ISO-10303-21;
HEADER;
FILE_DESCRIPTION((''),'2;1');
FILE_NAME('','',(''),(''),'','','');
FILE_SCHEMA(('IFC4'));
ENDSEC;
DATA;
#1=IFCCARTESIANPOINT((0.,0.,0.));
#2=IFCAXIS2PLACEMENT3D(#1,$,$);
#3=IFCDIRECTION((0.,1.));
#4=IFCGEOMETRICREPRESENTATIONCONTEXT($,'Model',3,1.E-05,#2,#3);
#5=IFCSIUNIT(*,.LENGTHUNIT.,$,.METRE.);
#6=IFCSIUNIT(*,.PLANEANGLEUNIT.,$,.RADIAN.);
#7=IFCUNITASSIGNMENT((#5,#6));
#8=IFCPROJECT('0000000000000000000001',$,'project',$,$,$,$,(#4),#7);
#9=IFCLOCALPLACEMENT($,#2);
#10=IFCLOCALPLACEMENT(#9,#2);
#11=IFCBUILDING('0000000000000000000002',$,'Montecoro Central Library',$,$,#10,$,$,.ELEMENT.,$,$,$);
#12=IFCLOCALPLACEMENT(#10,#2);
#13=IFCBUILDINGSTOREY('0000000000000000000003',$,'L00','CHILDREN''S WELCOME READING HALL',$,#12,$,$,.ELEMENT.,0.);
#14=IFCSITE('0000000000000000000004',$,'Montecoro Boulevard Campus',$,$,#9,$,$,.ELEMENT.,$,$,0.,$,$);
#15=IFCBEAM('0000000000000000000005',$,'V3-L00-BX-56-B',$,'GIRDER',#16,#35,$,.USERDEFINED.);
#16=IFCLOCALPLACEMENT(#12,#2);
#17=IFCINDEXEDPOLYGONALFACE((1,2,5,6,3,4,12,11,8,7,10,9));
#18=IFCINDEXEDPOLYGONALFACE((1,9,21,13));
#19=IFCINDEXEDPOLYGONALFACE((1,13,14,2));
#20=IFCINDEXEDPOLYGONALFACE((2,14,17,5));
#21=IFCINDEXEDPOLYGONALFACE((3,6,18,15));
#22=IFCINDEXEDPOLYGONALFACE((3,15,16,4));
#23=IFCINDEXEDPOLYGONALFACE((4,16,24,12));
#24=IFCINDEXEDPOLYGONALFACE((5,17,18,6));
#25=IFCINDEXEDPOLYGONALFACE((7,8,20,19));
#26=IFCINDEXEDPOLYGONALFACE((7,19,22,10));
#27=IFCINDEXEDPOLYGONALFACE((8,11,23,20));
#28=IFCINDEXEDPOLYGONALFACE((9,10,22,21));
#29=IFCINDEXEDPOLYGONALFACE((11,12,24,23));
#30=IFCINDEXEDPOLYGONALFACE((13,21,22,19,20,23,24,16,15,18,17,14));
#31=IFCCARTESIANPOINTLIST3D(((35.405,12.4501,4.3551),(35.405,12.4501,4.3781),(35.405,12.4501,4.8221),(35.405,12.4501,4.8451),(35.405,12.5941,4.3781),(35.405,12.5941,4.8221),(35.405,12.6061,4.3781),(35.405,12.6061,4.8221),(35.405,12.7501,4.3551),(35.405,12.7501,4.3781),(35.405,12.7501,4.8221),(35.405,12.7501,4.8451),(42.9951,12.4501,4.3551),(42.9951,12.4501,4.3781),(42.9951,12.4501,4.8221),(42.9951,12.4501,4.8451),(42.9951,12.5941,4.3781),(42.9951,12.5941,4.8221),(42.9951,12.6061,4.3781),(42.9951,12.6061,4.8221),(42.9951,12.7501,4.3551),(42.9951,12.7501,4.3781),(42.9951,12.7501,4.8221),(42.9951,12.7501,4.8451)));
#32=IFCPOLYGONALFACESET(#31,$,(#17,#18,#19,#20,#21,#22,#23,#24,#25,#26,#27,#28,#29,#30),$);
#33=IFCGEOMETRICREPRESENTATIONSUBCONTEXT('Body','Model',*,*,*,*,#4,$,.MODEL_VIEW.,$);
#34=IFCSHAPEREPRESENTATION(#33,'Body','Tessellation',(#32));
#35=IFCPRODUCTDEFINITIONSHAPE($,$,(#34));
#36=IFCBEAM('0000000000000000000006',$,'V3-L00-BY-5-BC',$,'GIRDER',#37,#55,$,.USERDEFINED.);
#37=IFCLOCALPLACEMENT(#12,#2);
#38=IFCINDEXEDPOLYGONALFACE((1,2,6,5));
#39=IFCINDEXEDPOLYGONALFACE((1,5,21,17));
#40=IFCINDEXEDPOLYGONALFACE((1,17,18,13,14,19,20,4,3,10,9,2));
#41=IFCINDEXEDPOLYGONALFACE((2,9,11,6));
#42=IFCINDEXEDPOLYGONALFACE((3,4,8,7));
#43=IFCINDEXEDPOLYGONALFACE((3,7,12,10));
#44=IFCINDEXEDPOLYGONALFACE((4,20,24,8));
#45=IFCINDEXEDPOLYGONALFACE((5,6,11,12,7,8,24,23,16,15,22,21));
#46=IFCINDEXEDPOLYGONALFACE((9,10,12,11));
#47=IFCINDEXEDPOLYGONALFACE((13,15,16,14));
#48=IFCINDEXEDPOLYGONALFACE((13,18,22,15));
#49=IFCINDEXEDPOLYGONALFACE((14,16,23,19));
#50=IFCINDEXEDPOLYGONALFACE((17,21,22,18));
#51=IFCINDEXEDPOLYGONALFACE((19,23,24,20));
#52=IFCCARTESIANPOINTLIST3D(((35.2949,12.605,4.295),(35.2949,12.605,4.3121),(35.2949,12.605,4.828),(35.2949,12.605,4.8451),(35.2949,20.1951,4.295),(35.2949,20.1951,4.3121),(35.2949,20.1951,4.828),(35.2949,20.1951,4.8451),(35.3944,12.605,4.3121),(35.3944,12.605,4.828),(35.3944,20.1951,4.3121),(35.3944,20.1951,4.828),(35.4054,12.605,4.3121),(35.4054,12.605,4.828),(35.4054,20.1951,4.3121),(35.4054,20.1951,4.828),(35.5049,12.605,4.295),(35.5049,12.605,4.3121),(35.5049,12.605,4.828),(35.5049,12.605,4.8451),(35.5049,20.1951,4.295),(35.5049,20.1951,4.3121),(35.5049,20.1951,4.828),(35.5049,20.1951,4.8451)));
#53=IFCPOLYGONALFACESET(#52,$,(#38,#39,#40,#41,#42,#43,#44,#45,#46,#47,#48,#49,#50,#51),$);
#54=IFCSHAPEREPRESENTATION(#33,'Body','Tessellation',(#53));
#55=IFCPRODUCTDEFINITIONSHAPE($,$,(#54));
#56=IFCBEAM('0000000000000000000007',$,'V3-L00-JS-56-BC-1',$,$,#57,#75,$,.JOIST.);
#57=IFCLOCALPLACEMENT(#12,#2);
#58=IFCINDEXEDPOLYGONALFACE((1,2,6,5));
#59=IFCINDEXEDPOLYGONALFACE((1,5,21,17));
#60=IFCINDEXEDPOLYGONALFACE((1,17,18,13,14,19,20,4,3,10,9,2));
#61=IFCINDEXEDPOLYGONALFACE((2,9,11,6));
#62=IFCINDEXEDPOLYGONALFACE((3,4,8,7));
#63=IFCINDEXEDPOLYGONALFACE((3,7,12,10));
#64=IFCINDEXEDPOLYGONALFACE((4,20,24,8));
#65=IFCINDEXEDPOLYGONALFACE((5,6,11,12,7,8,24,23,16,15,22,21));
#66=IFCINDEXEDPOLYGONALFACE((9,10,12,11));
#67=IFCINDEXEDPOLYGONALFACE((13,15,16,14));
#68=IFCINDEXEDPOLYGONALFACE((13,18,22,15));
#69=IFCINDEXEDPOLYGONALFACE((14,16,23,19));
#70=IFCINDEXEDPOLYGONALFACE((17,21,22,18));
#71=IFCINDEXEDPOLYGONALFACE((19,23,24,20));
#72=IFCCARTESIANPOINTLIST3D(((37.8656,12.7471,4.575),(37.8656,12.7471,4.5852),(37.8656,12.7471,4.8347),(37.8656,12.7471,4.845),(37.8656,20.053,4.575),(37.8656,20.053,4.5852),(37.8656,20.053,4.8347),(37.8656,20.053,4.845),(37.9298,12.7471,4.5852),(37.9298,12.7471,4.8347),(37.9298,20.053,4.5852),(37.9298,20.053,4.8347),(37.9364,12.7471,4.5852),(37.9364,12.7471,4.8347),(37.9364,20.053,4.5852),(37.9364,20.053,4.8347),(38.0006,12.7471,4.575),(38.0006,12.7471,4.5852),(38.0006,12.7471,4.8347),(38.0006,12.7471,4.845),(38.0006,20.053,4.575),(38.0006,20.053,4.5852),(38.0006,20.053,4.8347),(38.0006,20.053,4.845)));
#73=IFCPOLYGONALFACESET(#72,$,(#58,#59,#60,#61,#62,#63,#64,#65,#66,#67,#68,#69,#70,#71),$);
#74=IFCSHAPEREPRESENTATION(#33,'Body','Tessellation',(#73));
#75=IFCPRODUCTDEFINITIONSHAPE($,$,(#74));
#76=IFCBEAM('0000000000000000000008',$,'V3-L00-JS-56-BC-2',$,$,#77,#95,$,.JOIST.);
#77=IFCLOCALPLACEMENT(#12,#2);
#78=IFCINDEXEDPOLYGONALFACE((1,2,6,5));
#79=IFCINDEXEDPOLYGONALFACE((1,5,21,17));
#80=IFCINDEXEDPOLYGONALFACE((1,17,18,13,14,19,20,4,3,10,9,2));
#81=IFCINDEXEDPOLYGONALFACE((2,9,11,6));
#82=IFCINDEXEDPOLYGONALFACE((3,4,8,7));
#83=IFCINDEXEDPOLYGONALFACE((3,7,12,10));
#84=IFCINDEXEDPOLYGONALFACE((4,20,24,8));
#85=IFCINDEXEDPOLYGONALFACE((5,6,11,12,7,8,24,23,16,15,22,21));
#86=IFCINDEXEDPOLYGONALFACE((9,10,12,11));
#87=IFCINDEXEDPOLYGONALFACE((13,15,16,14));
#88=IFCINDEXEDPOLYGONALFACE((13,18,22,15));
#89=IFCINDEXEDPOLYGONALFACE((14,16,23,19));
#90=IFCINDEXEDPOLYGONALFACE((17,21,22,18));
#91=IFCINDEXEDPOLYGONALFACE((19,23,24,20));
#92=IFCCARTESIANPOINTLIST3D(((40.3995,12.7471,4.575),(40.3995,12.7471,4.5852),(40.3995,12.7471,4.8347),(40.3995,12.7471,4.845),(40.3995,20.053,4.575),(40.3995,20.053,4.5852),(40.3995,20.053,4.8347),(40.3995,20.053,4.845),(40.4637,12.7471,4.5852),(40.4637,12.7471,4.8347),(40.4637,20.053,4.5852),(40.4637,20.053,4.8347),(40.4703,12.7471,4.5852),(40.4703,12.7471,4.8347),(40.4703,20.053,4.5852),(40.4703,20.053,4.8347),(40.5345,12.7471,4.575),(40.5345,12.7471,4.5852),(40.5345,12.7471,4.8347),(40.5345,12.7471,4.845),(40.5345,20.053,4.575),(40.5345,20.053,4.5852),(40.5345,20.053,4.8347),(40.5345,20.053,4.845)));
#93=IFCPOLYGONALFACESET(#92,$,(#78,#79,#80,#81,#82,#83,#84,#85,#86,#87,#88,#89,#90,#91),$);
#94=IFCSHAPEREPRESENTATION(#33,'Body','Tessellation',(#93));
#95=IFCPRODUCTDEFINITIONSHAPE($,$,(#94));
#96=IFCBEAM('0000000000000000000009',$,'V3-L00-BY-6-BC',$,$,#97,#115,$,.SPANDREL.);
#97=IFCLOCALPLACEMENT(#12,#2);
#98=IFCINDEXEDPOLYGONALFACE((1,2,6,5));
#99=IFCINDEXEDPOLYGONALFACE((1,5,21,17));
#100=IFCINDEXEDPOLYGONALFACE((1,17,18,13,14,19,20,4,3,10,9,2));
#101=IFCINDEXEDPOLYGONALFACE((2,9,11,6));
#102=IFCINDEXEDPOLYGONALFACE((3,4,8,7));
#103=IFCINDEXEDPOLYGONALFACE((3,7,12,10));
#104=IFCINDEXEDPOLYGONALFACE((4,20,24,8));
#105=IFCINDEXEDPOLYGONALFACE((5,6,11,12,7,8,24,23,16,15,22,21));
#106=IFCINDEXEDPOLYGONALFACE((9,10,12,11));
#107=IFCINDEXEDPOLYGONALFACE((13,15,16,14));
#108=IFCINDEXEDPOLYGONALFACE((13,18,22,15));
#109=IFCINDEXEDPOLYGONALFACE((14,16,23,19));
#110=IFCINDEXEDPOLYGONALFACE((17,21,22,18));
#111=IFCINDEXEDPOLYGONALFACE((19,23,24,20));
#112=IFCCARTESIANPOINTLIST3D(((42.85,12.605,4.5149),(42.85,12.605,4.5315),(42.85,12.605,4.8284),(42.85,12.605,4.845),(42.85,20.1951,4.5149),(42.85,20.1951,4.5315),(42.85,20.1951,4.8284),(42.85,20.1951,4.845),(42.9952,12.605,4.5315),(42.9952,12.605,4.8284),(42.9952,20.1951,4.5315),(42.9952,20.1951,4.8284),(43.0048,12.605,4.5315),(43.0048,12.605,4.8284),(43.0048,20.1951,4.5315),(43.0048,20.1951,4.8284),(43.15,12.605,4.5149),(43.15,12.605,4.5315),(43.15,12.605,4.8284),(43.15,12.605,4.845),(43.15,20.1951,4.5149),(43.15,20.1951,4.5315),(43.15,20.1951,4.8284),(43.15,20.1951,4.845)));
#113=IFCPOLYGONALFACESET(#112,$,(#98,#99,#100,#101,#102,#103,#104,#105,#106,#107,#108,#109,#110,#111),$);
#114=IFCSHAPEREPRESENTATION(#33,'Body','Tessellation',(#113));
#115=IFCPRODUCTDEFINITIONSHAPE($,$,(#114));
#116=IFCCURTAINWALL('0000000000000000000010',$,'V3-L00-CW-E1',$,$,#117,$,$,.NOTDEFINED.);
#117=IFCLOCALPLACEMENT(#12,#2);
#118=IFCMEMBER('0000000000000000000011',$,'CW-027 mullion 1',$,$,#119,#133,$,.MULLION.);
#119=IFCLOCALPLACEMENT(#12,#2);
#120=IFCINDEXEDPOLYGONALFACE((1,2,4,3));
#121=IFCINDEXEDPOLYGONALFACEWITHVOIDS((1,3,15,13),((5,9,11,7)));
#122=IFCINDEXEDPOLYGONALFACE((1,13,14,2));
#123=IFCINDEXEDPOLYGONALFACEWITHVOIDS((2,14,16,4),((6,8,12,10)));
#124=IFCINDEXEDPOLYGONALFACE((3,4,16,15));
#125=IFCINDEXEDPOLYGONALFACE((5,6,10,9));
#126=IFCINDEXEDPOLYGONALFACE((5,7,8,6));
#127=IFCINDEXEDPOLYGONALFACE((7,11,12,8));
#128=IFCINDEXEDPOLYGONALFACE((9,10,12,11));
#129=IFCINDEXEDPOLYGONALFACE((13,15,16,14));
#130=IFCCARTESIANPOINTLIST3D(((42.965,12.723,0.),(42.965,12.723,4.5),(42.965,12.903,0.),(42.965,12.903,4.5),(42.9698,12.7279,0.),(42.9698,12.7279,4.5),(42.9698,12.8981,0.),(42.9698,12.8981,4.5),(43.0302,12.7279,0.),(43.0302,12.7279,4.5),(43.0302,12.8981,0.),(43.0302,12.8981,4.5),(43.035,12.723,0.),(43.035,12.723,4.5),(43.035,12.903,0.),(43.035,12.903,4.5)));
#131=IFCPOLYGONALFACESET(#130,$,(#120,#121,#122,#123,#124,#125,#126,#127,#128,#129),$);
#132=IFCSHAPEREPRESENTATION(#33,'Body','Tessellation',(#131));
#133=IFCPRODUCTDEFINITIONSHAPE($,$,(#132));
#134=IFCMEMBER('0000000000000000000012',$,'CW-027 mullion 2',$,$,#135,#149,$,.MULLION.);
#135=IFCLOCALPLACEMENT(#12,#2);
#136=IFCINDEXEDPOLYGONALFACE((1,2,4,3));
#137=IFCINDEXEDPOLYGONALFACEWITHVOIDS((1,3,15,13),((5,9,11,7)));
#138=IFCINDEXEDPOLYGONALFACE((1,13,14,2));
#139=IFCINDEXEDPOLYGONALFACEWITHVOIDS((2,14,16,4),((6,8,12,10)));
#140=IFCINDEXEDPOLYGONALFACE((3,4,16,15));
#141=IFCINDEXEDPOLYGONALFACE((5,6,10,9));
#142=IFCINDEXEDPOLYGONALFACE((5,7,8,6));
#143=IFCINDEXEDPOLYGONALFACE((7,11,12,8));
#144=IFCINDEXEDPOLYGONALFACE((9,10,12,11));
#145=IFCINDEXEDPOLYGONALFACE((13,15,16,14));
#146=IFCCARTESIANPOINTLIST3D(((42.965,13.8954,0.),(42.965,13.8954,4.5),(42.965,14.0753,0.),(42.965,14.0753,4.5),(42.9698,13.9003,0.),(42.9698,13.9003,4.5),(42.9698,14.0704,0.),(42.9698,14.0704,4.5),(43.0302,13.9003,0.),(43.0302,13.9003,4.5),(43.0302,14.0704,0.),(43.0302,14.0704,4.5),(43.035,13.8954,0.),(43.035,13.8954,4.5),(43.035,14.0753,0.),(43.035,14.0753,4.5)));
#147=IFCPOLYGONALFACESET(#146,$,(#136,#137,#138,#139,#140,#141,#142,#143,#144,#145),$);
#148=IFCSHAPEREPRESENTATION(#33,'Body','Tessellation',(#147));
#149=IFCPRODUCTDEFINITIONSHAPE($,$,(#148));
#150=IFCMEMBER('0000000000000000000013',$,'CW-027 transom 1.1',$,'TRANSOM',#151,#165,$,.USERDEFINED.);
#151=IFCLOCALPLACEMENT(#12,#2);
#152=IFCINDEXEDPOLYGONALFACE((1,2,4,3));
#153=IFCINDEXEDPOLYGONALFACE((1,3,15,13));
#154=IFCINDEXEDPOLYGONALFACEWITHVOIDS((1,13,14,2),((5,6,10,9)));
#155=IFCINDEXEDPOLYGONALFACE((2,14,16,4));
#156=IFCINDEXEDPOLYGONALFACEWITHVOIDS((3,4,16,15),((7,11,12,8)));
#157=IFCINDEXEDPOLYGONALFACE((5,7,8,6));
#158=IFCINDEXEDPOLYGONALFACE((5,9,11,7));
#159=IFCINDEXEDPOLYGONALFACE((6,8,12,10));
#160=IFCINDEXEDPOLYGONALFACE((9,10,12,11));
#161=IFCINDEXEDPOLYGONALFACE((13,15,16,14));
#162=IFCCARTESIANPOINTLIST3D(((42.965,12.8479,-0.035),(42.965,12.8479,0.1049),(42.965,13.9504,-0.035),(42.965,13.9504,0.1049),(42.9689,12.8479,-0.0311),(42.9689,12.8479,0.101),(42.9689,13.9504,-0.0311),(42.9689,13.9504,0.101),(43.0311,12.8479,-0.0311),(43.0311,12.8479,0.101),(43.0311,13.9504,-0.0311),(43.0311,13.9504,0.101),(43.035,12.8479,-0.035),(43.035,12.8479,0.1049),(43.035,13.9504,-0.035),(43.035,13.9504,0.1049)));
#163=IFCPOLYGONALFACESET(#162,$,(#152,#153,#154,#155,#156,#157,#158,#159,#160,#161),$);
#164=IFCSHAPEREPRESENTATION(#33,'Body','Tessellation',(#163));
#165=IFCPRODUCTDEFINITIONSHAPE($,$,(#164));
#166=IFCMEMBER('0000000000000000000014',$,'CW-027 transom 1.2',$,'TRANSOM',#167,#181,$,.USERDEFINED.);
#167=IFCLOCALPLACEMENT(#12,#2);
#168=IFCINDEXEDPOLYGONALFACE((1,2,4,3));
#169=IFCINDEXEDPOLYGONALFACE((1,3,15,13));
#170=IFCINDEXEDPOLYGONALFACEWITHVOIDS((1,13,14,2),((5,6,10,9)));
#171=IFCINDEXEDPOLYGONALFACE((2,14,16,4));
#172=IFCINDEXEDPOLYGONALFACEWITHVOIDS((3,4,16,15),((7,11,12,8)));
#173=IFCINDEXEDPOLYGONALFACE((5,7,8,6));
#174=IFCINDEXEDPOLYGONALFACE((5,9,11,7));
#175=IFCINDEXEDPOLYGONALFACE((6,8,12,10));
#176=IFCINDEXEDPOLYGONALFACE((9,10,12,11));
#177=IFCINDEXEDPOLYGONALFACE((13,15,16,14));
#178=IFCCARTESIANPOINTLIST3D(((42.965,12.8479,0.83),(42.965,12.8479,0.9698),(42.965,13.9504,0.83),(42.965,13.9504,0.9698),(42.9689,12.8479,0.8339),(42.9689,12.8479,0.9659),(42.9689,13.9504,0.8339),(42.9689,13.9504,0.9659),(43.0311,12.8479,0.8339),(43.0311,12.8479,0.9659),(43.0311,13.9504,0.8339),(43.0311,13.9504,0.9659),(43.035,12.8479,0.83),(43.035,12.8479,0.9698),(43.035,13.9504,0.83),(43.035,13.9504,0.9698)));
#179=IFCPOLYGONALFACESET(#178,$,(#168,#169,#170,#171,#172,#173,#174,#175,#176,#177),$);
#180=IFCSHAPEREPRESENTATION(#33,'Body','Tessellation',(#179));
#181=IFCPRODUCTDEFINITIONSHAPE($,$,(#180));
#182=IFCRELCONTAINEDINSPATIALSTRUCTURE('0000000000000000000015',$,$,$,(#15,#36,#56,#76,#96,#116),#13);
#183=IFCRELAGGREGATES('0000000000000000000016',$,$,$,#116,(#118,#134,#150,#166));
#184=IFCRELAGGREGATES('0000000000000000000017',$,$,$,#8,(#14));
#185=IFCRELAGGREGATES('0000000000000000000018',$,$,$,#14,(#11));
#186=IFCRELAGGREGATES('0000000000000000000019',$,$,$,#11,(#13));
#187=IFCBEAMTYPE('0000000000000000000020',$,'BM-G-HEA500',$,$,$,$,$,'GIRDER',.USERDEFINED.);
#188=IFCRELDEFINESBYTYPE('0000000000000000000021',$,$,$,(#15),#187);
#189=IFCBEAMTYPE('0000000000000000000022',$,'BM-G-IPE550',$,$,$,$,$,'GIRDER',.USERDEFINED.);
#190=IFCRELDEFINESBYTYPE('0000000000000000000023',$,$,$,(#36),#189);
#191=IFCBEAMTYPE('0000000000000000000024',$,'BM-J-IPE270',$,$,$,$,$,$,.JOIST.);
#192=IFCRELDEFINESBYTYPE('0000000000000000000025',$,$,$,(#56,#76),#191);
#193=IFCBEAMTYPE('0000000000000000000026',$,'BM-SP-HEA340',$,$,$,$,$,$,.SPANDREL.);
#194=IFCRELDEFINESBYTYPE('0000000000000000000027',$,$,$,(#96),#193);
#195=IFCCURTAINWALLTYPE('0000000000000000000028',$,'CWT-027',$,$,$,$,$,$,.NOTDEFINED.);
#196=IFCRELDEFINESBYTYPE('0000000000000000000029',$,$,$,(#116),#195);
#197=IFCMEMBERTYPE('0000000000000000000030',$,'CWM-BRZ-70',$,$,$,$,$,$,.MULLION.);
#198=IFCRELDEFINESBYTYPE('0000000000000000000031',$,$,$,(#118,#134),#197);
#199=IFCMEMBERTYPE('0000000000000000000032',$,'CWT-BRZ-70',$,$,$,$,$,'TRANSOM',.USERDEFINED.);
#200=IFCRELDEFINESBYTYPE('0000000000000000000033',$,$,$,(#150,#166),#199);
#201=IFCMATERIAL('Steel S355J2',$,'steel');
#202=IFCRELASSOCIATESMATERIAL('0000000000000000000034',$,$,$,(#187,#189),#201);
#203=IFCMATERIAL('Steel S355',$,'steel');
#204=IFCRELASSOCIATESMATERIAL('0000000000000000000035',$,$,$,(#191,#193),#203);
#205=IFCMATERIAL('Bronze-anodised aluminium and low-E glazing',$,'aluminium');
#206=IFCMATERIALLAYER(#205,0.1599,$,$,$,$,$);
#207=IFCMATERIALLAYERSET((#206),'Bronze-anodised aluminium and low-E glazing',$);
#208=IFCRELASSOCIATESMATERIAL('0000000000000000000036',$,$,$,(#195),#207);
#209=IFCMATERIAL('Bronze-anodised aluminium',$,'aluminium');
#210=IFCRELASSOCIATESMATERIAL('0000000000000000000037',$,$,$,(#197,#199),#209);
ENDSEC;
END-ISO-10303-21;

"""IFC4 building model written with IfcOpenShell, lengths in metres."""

from ifc_helpers import new_model, si_unit, direction, frame, origin, origin_2d, place, context, subcontext, project, spatial, hollow_rectangle, i_section, extrude, material, layer, layer_set, material_profile, profile_set, type_object, element, aggregate, save


model = new_model("IFC4")

# Units and contexts
model_context = context("Model", 3, precision=1e-05, world=origin(), true_north=direction((0.0, 1.0)))
body_context = subcontext(model_context, "Body", "Model", "MODEL_VIEW")
ifc_project = project(units=[si_unit("LENGTHUNIT", "METRE"), si_unit("PLANEANGLEUNIT", "RADIAN")], contexts=[model_context])

# Site, building, storey
site_placement = place(None, origin())
site = spatial("IfcSite", under=ifc_project, at=site_placement, Name="Montecoro Boulevard Campus", CompositionType="ELEMENT", RefElevation=0.0)
building_placement = place(site_placement, origin())
building = spatial("IfcBuilding", under=site, at=building_placement, Name="Montecoro Central Library", CompositionType="ELEMENT")
storey_placement = place(building_placement, origin())
storey = spatial("IfcBuildingStorey", under=building, at=storey_placement, Name="L00", Description="CHILDREN'S WELCOME READING HALL", CompositionType="ELEMENT", Elevation=0.0)

# Shared definitions
ifc_material_1 = material(Name="Steel S355", Category="steel")

# Beams
ifc_material_2 = material(Name="Steel S355J2", Category="steel")
ifc_material_profile_1 = material_profile(ifc_material_2, i_section(OverallWidth=0.3, OverallDepth=0.49, WebThickness=0.012, FlangeThickness=0.0229, at=origin_2d()), Name="HEA 500")
ifc_profile_set_1 = profile_set([ifc_material_profile_1], Name="Steel S355J2")
beam_type_1 = type_object("IfcBeamType", Name="BM-G-HEA500", ElementType="GIRDER", PredefinedType="USERDEFINED", material=ifc_profile_set_1)
beam_1_placement = place(storey_placement, frame((35.405, 12.6001, 4.6001), z_axis=(1.0, 0.0, 0.0), x_axis=(0.0, 1.0, 0.0)))
element("IfcBeam", 1, at=beam_1_placement, inside=storey, type_object=beam_type_1, Name="V3-L00-BX-56-B", ObjectType="GIRDER", PredefinedType="USERDEFINED", context=body_context, shape_type="SweptSolid", body=[
    extrude(i_section(OverallWidth=0.3, OverallDepth=0.49, WebThickness=0.012, FlangeThickness=0.0229, at=origin_2d()), origin(), (0.0, 0.0, 1.0), 7.5901),
])
ifc_material_profile_2 = material_profile(ifc_material_2, i_section(OverallWidth=0.21, OverallDepth=0.55, WebThickness=0.011, FlangeThickness=0.0171, at=origin_2d()), Name="IPE 550")
ifc_profile_set_2 = profile_set([ifc_material_profile_2], Name="Steel S355J2")
beam_type_2 = type_object("IfcBeamType", Name="BM-G-IPE550", ElementType="GIRDER", PredefinedType="USERDEFINED", material=ifc_profile_set_2)
beam_2_placement = place(storey_placement, frame((35.3999, 12.605, 4.5701), z_axis=(0.0, 1.0, 0.0), x_axis=(-1.0, 0.0, 0.0)))
element("IfcBeam", 2, at=beam_2_placement, inside=storey, type_object=beam_type_2, Name="V3-L00-BY-5-BC", ObjectType="GIRDER", PredefinedType="USERDEFINED", context=body_context, shape_type="SweptSolid", body=[
    extrude(i_section(OverallWidth=0.21, OverallDepth=0.55, WebThickness=0.011, FlangeThickness=0.0171, at=origin_2d()), origin(), (0.0, 0.0, 1.0), 7.5901),
])
ifc_material_profile_3 = material_profile(ifc_material_1, i_section(OverallWidth=0.135, OverallDepth=0.27, WebThickness=0.0066, FlangeThickness=0.0103, at=origin_2d()), Name="IPE 270")
ifc_profile_set_3 = profile_set([ifc_material_profile_3], Name="Steel S355")
beam_type_3 = type_object("IfcBeamType", Name="BM-J-IPE270", PredefinedType="JOIST", material=ifc_profile_set_3)
for number, where, z_axis, x_axis, name in (
    (3, (37.9331, 12.7471, 4.71), (0.0, 1.0, 0.0), (-1.0, 0.0, 0.0), "V3-L00-JS-56-BC-1"),
    (4, (40.467, 12.7471, 4.71), (0.0, 1.0, 0.0), (-1.0, 0.0, 0.0), "V3-L00-JS-56-BC-2"),
):
    element("IfcBeam", number, at=place(storey_placement, frame(where, z_axis=z_axis, x_axis=x_axis)), inside=storey, type_object=beam_type_3, Name=name, PredefinedType="JOIST", context=body_context, shape_type="SweptSolid", body=[
        extrude(i_section(OverallWidth=0.135, OverallDepth=0.27, WebThickness=0.0066, FlangeThickness=0.0103, at=origin_2d()), origin(), (0.0, 0.0, 1.0), 7.3059),
    ])
ifc_material_profile_4 = material_profile(ifc_material_1, i_section(OverallWidth=0.3, OverallDepth=0.3301, WebThickness=0.0095, FlangeThickness=0.0166, at=origin_2d()), Name="HEA 340")
ifc_profile_set_4 = profile_set([ifc_material_profile_4], Name="Steel S355")
beam_type_4 = type_object("IfcBeamType", Name="BM-SP-HEA340", PredefinedType="SPANDREL", material=ifc_profile_set_4)
beam_3_placement = place(storey_placement, frame((43.0, 12.605, 4.6799), z_axis=(0.0, 1.0, 0.0), x_axis=(-1.0, 0.0, 0.0)))
element("IfcBeam", 5, at=beam_3_placement, inside=storey, type_object=beam_type_4, Name="V3-L00-BY-6-BC", PredefinedType="SPANDREL", context=body_context, shape_type="SweptSolid", body=[
    extrude(i_section(OverallWidth=0.3, OverallDepth=0.3301, WebThickness=0.0095, FlangeThickness=0.0166, at=origin_2d()), origin(), (0.0, 0.0, 1.0), 7.5901),
])

# Curtain wall, members
ifc_material_3 = material(Name="Bronze-anodised aluminium and low-E glazing", Category="aluminium")
ifc_layer_1 = layer(ifc_material_3, 0.1599)
ifc_layer_set_1 = layer_set([ifc_layer_1], Name="Bronze-anodised aluminium and low-E glazing")
curtain_wall_type = type_object("IfcCurtainWallType", Name="CWT-027", PredefinedType="NOTDEFINED", material=ifc_layer_set_1)
curtain_wall_placement = place(storey_placement, origin())
curtain_wall = element("IfcCurtainWall", 6, at=curtain_wall_placement, inside=storey, type_object=curtain_wall_type, Name="V3-L00-CW-E1", PredefinedType="NOTDEFINED")
ifc_material_4 = material(Name="Bronze-anodised aluminium", Category="aluminium")
ifc_material_profile_5 = material_profile(ifc_material_4, hollow_rectangle(XDim=0.0701, YDim=0.1799, WallThickness=0.0049, at=origin_2d()), Name="CWM 180x70x5.0")
ifc_profile_set_5 = profile_set([ifc_material_profile_5], Name="Bronze-anodised aluminium")
member_type_1 = type_object("IfcMemberType", Name="CWM-BRZ-70", PredefinedType="MULLION", material=ifc_profile_set_5)
member_1_placement = place(storey_placement, frame((43.0, 12.813, 0.0), z_axis=(0.0, 0.0, 1.0), x_axis=(-1.0, 0.0, 0.0)))
member_1 = element("IfcMember", 7, at=member_1_placement, type_object=member_type_1, Name="CW-027 mullion 1", PredefinedType="MULLION", context=body_context, shape_type="SweptSolid", body=[
    extrude(hollow_rectangle(XDim=0.0701, YDim=0.1799, WallThickness=0.0049, at=origin_2d()), origin(), (0.0, 0.0, 1.0), 4.5),
])
member_2_placement = place(storey_placement, frame((43.0, 13.9854, 0.0), z_axis=(0.0, 0.0, 1.0), x_axis=(-1.0, 0.0, 0.0)))
member_2 = element("IfcMember", 8, at=member_2_placement, type_object=member_type_1, Name="CW-027 mullion 2", PredefinedType="MULLION", context=body_context, shape_type="SweptSolid", body=[
    extrude(hollow_rectangle(XDim=0.0701, YDim=0.1799, WallThickness=0.0049, at=origin_2d()), origin(), (0.0, 0.0, 1.0), 4.5),
])
ifc_material_profile_6 = material_profile(ifc_material_4, hollow_rectangle(XDim=0.0701, YDim=0.1399, WallThickness=0.0039, at=origin_2d()), Name="CWT 140x70x4.0")
ifc_profile_set_6 = profile_set([ifc_material_profile_6], Name="Bronze-anodised aluminium")
member_type_2 = type_object("IfcMemberType", Name="CWT-BRZ-70", ElementType="TRANSOM", PredefinedType="USERDEFINED", material=ifc_profile_set_6)
member_3_placement = place(storey_placement, frame((43.0, 12.8479, 0.0349), z_axis=(0.0, 1.0, 0.0), x_axis=(-1.0, 0.0, 0.0)))
member_3 = element("IfcMember", 9, at=member_3_placement, type_object=member_type_2, Name="CW-027 transom 1.1", ObjectType="TRANSOM", PredefinedType="USERDEFINED", context=body_context, shape_type="SweptSolid", body=[
    extrude(hollow_rectangle(XDim=0.0701, YDim=0.1399, WallThickness=0.0039, at=origin_2d()), origin(), (0.0, 0.0, 1.0), 1.1025),
])
member_4_placement = place(storey_placement, frame((43.0, 12.8479, 0.8999), z_axis=(0.0, 1.0, 0.0), x_axis=(-1.0, 0.0, 0.0)))
member_4 = element("IfcMember", 10, at=member_4_placement, type_object=member_type_2, Name="CW-027 transom 1.2", ObjectType="TRANSOM", PredefinedType="USERDEFINED", context=body_context, shape_type="SweptSolid", body=[
    extrude(hollow_rectangle(XDim=0.0701, YDim=0.1399, WallThickness=0.0039, at=origin_2d()), origin(), (0.0, 0.0, 1.0), 1.1025),
])
aggregate(curtain_wall, [member_1, member_2, member_3, member_4])

save(model, "model.ifc")
